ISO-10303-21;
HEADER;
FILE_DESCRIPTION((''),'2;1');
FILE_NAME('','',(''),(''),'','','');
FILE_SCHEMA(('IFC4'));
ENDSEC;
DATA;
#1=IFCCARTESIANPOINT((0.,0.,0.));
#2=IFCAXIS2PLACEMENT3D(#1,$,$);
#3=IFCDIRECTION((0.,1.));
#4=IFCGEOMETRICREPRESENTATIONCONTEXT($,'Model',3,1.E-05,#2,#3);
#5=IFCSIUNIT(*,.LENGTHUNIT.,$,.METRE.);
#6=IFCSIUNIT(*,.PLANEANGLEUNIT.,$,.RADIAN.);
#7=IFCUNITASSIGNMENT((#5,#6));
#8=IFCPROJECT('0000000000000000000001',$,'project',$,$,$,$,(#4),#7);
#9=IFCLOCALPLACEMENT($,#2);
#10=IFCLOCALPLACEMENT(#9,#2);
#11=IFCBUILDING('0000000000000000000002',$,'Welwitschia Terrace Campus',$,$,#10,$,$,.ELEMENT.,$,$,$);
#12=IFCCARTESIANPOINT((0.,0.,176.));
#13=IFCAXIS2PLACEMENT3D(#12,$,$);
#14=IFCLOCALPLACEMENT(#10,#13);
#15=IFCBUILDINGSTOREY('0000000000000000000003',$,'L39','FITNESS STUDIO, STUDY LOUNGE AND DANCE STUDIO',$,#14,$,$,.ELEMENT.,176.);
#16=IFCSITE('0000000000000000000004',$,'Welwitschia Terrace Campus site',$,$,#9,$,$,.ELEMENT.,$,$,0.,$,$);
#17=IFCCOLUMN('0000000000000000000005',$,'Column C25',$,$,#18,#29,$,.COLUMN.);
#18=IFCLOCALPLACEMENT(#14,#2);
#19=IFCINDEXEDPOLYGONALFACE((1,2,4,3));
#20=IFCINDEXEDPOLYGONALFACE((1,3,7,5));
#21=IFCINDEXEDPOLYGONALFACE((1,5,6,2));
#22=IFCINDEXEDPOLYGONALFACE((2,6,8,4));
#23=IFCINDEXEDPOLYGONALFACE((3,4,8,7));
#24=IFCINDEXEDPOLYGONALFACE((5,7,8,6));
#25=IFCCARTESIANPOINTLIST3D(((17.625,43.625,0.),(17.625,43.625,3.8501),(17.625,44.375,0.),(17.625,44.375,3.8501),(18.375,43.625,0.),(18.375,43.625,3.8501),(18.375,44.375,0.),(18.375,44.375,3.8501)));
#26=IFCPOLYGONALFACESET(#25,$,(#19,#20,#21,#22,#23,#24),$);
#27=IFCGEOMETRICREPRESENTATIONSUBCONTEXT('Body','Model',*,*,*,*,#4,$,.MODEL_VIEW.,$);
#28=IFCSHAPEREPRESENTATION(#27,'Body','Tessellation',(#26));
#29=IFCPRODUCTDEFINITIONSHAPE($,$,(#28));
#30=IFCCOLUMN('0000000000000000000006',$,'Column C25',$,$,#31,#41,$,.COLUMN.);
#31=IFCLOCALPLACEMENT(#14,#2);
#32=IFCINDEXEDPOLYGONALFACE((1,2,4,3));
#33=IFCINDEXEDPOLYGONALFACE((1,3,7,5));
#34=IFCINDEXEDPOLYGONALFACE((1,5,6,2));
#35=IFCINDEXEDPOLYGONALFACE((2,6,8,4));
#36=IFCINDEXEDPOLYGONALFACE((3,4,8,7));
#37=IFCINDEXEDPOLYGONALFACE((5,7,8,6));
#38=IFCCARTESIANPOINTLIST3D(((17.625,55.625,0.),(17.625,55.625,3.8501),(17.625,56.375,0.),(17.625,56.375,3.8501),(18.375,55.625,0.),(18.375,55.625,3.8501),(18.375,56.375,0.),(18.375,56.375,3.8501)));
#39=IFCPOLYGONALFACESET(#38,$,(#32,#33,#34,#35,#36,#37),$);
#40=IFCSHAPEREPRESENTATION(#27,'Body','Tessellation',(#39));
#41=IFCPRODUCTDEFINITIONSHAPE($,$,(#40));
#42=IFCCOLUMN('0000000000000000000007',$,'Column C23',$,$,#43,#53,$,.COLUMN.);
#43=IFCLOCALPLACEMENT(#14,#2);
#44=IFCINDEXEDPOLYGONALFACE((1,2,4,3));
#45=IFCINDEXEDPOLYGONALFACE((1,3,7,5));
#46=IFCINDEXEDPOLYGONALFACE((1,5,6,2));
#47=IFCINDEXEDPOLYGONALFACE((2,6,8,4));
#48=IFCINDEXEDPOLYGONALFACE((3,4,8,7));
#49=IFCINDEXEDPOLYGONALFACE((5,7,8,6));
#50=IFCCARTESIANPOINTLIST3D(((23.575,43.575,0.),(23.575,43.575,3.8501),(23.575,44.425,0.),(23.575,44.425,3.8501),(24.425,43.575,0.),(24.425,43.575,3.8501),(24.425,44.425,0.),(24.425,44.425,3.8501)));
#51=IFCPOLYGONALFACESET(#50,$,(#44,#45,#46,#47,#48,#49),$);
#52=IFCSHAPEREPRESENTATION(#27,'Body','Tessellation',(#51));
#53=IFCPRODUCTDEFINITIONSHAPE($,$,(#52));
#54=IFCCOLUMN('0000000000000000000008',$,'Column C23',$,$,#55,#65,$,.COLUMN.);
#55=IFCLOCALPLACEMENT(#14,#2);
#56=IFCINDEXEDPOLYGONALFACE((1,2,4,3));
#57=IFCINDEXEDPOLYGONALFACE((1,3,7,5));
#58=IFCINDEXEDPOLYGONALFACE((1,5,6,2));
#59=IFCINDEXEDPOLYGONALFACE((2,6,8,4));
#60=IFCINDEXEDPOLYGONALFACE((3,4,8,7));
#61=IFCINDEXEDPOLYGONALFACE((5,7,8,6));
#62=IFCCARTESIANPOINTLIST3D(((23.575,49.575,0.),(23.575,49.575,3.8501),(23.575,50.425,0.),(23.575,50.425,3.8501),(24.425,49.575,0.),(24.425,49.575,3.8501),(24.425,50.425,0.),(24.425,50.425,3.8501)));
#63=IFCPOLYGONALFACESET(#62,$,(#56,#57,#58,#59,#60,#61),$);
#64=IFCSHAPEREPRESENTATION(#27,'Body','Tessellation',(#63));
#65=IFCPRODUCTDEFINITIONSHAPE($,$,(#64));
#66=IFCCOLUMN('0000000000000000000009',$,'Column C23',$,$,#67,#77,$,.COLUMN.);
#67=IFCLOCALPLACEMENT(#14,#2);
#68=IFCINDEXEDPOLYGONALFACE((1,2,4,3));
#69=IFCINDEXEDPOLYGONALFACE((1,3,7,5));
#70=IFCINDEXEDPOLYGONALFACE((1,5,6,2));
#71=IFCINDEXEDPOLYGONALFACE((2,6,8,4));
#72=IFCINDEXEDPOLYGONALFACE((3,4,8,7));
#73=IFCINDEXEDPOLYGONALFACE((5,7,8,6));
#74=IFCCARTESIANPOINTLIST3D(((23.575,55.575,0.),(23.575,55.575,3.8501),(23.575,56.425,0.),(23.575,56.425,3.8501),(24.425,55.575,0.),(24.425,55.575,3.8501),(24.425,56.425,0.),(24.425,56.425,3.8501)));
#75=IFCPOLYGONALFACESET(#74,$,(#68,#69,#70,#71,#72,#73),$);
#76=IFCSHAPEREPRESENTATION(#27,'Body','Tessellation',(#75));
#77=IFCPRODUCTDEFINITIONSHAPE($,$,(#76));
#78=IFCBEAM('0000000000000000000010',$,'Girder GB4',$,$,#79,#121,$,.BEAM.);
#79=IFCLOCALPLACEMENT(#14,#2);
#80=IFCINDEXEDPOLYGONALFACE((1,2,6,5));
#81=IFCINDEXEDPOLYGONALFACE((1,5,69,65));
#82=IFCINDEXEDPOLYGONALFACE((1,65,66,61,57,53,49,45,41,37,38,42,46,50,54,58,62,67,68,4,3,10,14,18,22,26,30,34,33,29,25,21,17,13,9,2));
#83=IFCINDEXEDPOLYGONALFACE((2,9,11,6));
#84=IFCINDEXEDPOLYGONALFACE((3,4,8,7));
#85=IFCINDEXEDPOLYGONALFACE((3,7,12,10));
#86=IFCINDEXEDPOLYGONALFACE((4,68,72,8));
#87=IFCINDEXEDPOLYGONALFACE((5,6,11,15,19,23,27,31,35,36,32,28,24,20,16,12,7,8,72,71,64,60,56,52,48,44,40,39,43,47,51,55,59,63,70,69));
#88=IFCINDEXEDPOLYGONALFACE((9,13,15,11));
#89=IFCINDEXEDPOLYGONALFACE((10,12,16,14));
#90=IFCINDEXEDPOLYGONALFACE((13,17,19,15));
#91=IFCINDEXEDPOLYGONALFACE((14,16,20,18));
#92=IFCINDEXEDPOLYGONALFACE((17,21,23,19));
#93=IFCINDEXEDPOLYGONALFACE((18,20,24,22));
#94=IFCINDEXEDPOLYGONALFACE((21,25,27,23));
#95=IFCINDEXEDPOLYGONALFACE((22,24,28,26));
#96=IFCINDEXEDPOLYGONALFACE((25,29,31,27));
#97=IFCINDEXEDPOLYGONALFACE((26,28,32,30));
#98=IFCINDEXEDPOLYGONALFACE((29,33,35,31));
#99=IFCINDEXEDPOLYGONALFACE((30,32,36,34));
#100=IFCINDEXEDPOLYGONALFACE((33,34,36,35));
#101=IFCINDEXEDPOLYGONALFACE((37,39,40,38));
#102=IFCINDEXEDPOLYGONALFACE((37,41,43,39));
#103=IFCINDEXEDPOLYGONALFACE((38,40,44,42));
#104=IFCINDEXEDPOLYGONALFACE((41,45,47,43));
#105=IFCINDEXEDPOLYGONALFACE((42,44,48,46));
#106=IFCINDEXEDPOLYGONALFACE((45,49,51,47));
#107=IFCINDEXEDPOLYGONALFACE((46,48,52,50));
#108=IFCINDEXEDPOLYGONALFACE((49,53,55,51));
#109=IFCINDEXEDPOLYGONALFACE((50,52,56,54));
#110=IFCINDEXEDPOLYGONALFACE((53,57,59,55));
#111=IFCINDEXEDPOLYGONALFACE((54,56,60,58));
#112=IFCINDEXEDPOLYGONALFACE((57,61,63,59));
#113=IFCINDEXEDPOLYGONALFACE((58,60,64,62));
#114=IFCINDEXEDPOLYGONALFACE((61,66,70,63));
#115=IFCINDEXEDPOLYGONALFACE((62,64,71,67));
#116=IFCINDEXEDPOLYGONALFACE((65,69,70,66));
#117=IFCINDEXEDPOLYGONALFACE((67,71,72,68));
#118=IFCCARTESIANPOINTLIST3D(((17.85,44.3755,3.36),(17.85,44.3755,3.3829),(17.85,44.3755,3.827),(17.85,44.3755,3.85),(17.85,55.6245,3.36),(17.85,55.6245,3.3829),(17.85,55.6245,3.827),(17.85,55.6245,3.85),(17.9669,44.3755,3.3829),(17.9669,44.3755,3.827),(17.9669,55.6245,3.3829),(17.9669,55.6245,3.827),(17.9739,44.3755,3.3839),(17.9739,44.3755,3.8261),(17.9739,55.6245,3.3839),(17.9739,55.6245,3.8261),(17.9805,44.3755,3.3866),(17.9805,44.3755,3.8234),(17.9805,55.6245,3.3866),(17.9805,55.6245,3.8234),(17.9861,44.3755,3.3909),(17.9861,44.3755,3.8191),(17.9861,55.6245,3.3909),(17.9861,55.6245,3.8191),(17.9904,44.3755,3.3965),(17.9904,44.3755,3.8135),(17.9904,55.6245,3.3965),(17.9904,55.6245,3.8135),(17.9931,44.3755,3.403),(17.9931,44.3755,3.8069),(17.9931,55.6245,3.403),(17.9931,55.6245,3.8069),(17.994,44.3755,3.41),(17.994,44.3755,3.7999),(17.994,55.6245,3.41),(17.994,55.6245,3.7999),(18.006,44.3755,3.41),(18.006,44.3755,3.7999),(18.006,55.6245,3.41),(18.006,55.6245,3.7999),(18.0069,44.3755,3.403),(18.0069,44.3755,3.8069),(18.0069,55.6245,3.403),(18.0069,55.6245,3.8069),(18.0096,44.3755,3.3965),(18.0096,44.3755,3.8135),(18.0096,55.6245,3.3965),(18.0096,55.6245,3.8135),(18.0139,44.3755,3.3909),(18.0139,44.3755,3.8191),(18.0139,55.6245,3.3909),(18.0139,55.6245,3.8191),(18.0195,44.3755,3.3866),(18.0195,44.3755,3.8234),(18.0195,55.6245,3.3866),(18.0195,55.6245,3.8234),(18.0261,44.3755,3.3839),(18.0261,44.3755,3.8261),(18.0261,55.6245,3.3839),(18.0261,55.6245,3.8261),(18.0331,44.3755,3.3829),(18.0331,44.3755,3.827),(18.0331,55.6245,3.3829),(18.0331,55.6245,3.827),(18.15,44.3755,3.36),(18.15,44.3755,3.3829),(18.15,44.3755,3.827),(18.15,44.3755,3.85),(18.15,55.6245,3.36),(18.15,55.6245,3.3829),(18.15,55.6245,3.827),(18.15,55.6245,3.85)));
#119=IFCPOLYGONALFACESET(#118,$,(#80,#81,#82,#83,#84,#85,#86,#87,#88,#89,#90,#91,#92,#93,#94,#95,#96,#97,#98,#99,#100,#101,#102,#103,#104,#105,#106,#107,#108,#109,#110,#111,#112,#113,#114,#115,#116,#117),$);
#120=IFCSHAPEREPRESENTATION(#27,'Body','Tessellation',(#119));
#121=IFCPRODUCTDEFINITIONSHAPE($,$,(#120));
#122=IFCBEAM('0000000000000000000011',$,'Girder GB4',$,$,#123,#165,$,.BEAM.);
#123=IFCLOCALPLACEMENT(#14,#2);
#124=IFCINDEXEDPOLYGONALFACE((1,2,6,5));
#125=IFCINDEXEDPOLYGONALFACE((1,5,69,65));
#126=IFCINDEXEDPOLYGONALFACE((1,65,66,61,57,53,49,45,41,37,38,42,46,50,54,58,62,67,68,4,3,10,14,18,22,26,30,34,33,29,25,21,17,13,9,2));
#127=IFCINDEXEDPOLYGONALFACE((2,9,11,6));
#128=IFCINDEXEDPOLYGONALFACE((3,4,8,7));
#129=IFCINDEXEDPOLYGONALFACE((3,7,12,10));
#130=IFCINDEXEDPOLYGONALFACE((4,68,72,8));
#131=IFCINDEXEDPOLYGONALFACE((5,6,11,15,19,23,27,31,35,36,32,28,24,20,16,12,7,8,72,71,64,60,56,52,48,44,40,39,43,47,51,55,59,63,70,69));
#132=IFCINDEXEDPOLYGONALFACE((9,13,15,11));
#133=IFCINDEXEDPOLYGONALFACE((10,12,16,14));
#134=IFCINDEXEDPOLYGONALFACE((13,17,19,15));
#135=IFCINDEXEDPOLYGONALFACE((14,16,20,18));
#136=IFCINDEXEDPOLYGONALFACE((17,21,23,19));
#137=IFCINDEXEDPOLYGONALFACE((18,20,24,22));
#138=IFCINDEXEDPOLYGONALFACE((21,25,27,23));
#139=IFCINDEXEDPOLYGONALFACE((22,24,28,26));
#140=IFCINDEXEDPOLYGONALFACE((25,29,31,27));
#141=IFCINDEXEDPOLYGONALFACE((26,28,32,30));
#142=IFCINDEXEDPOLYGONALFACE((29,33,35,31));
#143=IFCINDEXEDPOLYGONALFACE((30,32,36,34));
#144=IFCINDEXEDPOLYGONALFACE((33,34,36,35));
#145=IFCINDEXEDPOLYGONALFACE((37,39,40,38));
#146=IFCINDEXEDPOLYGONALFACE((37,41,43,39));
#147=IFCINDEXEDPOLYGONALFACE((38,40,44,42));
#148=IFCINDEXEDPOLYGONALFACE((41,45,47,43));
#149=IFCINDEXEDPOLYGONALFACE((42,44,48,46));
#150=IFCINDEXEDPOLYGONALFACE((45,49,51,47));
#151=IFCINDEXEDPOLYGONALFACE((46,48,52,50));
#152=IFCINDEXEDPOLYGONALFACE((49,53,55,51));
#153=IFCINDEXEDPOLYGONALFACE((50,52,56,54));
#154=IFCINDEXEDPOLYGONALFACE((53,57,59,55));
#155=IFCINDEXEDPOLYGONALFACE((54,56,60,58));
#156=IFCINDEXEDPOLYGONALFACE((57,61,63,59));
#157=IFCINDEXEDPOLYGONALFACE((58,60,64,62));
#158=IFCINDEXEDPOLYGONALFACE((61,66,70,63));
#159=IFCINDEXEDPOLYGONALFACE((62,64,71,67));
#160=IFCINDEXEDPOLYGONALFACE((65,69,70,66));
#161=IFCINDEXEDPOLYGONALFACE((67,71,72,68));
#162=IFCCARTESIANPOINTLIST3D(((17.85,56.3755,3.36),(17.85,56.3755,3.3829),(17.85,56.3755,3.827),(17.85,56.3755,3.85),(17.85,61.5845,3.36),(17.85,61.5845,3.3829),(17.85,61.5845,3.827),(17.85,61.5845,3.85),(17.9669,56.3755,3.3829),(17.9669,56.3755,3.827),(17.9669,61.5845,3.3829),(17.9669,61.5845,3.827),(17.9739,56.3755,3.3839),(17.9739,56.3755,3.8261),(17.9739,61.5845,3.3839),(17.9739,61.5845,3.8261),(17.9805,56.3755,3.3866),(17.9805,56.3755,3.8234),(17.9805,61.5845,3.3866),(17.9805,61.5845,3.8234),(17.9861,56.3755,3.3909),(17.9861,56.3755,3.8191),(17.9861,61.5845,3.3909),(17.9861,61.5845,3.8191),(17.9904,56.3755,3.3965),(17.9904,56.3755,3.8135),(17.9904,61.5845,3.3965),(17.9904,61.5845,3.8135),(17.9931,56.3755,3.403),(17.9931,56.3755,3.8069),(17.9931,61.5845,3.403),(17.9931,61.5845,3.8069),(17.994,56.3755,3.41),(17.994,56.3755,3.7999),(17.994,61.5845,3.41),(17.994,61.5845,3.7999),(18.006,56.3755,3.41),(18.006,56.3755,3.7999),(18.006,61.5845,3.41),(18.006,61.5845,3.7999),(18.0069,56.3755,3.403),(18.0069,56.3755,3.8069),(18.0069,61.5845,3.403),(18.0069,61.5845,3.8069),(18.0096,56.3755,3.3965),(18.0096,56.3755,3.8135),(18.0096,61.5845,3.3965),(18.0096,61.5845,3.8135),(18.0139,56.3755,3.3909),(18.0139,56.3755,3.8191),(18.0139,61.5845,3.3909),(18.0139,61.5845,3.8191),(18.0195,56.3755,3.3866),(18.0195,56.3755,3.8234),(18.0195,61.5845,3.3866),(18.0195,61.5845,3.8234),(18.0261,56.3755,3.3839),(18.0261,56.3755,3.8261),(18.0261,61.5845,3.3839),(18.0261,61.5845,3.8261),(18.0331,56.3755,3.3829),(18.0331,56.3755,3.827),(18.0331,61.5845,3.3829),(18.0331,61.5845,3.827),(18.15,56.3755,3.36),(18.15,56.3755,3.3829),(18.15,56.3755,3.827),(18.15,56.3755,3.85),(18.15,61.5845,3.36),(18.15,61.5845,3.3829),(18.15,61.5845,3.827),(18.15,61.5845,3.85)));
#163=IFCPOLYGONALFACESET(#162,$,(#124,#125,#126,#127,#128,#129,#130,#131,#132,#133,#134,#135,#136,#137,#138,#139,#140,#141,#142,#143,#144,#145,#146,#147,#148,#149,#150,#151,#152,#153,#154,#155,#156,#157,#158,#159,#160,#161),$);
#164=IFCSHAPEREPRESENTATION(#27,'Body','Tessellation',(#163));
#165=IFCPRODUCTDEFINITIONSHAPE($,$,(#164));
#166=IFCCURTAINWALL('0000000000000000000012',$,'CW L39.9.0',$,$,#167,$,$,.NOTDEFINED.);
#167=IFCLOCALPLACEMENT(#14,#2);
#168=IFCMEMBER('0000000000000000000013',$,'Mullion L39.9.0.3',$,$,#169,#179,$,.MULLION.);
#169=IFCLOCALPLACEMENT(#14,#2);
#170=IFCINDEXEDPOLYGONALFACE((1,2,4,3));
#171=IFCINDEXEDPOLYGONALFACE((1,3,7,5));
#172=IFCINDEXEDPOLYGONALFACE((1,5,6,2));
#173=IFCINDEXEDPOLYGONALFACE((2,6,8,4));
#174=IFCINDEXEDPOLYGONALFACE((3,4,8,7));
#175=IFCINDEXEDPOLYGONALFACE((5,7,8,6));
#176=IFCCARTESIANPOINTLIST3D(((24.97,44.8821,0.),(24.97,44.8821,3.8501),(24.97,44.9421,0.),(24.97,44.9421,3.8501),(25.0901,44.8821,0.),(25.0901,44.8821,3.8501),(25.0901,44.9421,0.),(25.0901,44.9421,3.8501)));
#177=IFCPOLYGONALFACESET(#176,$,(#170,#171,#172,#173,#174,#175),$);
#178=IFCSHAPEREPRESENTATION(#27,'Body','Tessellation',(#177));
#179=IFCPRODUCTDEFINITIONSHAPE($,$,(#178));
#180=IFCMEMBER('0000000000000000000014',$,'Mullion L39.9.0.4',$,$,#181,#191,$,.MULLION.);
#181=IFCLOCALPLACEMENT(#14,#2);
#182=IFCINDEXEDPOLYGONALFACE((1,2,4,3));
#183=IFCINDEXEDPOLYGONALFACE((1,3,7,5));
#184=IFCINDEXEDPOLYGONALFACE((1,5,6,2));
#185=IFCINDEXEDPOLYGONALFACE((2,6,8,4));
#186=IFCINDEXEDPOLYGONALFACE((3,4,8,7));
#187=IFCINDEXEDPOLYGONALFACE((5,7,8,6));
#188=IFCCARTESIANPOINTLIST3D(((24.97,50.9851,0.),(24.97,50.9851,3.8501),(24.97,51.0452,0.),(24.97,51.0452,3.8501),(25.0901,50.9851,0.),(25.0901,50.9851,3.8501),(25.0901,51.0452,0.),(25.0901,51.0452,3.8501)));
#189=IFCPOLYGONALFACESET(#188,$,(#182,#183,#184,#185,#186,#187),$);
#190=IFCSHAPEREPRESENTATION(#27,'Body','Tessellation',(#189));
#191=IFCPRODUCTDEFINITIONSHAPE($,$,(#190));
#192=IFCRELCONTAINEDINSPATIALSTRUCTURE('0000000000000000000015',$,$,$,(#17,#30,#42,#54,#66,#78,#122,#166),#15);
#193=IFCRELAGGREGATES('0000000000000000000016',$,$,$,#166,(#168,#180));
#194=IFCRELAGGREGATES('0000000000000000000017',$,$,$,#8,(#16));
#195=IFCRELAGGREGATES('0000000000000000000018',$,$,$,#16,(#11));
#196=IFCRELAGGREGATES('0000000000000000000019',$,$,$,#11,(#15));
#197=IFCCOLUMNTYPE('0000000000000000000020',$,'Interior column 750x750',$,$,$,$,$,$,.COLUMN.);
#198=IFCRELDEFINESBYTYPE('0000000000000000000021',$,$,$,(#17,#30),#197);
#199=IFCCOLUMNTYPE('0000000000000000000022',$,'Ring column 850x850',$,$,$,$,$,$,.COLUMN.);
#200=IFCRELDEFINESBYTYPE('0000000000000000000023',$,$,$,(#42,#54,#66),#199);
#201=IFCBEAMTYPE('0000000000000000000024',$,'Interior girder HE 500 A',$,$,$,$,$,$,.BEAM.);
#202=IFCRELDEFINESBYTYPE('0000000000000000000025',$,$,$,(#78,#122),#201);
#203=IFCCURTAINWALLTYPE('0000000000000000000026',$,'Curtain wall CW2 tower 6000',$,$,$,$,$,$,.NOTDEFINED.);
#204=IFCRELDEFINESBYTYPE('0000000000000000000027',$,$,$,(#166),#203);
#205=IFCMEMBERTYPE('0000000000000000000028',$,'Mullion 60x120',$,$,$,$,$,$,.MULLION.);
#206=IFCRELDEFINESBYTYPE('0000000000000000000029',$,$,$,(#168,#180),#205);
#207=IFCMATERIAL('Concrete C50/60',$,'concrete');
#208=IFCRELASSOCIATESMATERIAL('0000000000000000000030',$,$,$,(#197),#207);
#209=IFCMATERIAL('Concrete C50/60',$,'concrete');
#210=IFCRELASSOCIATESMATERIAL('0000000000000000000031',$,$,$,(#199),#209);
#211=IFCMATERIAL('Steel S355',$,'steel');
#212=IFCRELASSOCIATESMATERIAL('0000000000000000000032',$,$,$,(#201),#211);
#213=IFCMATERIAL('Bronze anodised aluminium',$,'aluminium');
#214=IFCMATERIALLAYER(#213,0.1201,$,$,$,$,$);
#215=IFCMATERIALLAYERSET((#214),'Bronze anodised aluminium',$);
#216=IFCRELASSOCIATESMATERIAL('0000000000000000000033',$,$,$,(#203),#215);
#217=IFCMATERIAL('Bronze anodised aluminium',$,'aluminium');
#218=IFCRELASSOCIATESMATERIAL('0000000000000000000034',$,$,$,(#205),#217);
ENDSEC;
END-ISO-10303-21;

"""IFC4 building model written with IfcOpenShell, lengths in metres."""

from ifc_helpers import new_model, si_unit, direction, frame, origin, origin_2d, place, context, subcontext, project, spatial, rectangle, i_section, extrude, material, layer, layer_set, material_profile, profile_set, type_object, element, aggregate, save


model = new_model("IFC4")

# Units and contexts
model_context = context("Model", 3, precision=1e-05, world=origin(), true_north=direction((0.0, 1.0)))
body_context = subcontext(model_context, "Body", "Model", "MODEL_VIEW")
ifc_project = project(units=[si_unit("LENGTHUNIT", "METRE"), si_unit("PLANEANGLEUNIT", "RADIAN")], contexts=[model_context])

# Site, building, storey
site_placement = place(None, origin())
site = spatial("IfcSite", under=ifc_project, at=site_placement, Name="Welwitschia Terrace Campus site", CompositionType="ELEMENT", RefElevation=0.0)
building_placement = place(site_placement, origin())
building = spatial("IfcBuilding", under=site, at=building_placement, Name="Welwitschia Terrace Campus", CompositionType="ELEMENT")
storey_placement = place(building_placement, frame((0.0, 0.0, 176.0)))
storey = spatial("IfcBuildingStorey", under=building, at=storey_placement, Name="L39", Description="FITNESS STUDIO, STUDY LOUNGE AND DANCE STUDIO", CompositionType="ELEMENT", Elevation=176.0)

# Columns
ifc_material_1 = material(Name="Concrete C50/60", Category="concrete")
ifc_material_profile_1 = material_profile(ifc_material_1, rectangle(XDim=0.75, YDim=0.75, at=origin_2d()))
ifc_profile_set_1 = profile_set([ifc_material_profile_1], Name="Concrete C50/60")
column_type_1 = type_object("IfcColumnType", Name="Interior column 750x750", PredefinedType="COLUMN", material=ifc_profile_set_1)
for number, where, z_axis, x_axis, name in (
    (1, (18.0, 44.0, 0.0), (0.0, 0.0, 1.0), (1.0, 0.0, 0.0), "Column C25"),
    (2, (18.0, 56.0, 0.0), (0.0, 0.0, 1.0), (1.0, 0.0, 0.0), "Column C25"),
):
    element("IfcColumn", number, at=place(storey_placement, frame(where, z_axis=z_axis, x_axis=x_axis)), inside=storey, type_object=column_type_1, Name=name, PredefinedType="COLUMN", context=body_context, shape_type="SweptSolid", body=[
        extrude(rectangle(XDim=0.75, YDim=0.75, at=origin_2d()), origin(), (0.0, 0.0, 1.0), 3.8501),
    ])
ifc_material_2 = material(Name="Concrete C50/60", Category="concrete")
ifc_material_profile_2 = material_profile(ifc_material_2, rectangle(XDim=0.8501, YDim=0.8501, at=origin_2d()))
ifc_profile_set_2 = profile_set([ifc_material_profile_2], Name="Concrete C50/60")
column_type_2 = type_object("IfcColumnType", Name="Ring column 850x850", PredefinedType="COLUMN", material=ifc_profile_set_2)
for number, where, z_axis, x_axis, name in (
    (3, (24.0, 44.0, 0.0), (0.0, 0.0, 1.0), (1.0, 0.0, 0.0), "Column C23"),
    (4, (24.0, 50.0, 0.0), (0.0, 0.0, 1.0), (1.0, 0.0, 0.0), "Column C23"),
    (5, (24.0, 56.0, 0.0), (0.0, 0.0, 1.0), (1.0, 0.0, 0.0), "Column C23"),
):
    element("IfcColumn", number, at=place(storey_placement, frame(where, z_axis=z_axis, x_axis=x_axis)), inside=storey, type_object=column_type_2, Name=name, PredefinedType="COLUMN", context=body_context, shape_type="SweptSolid", body=[
        extrude(rectangle(XDim=0.8501, YDim=0.8501, at=origin_2d()), origin(), (0.0, 0.0, 1.0), 3.8501),
    ])

# Beams
ifc_material_3 = material(Name="Steel S355", Category="steel")
ifc_material_profile_3 = material_profile(ifc_material_3, i_section(OverallWidth=0.3, OverallDepth=0.49, WebThickness=0.012, FlangeThickness=0.0229, FilletRadius=0.0271, at=origin_2d()))
ifc_profile_set_3 = profile_set([ifc_material_profile_3], Name="Steel S355")
beam_type_1 = type_object("IfcBeamType", Name="Interior girder HE 500 A", PredefinedType="BEAM", material=ifc_profile_set_3)
beam_1_placement = place(storey_placement, frame((18.0, 44.3755, 3.605), z_axis=(0.0, 1.0, 0.0), x_axis=(-1.0, 0.0, 0.0)))
element("IfcBeam", 6, at=beam_1_placement, inside=storey, type_object=beam_type_1, Name="Girder GB4", PredefinedType="BEAM", context=body_context, shape_type="SweptSolid", body=[
    extrude(i_section(OverallWidth=0.3, OverallDepth=0.49, WebThickness=0.012, FlangeThickness=0.0229, FilletRadius=0.0271, at=origin_2d()), origin(), (0.0, 0.0, 1.0), 11.249),
])
beam_2_placement = place(storey_placement, frame((18.0, 56.3755, 3.605), z_axis=(0.0, 1.0, 0.0), x_axis=(-1.0, 0.0, 0.0)))
element("IfcBeam", 7, at=beam_2_placement, inside=storey, type_object=beam_type_1, Name="Girder GB4", PredefinedType="BEAM", context=body_context, shape_type="SweptSolid", body=[
    extrude(i_section(OverallWidth=0.3, OverallDepth=0.49, WebThickness=0.012, FlangeThickness=0.0229, FilletRadius=0.0271, at=origin_2d()), origin(), (0.0, 0.0, 1.0), 5.209),
])

# Curtain wall, members
ifc_material_4 = material(Name="Bronze anodised aluminium", Category="aluminium")
ifc_layer_1 = layer(ifc_material_4, 0.1201)
ifc_layer_set_1 = layer_set([ifc_layer_1], Name="Bronze anodised aluminium")
curtain_wall_type = type_object("IfcCurtainWallType", Name="Curtain wall CW2 tower 6000", PredefinedType="NOTDEFINED", material=ifc_layer_set_1)
curtain_wall_placement = place(storey_placement, origin())
curtain_wall = element("IfcCurtainWall", 8, at=curtain_wall_placement, inside=storey, type_object=curtain_wall_type, Name="CW L39.9.0", PredefinedType="NOTDEFINED")
ifc_material_5 = material(Name="Bronze anodised aluminium", Category="aluminium")
ifc_material_profile_4 = material_profile(ifc_material_5, rectangle(XDim=0.1201, YDim=0.0601, at=origin_2d()))
ifc_profile_set_4 = profile_set([ifc_material_profile_4], Name="Bronze anodised aluminium")
member_type = type_object("IfcMemberType", Name="Mullion 60x120", PredefinedType="MULLION", material=ifc_profile_set_4)
member_1_placement = place(storey_placement, frame((25.03, 44.9121, 0.0), z_axis=(0.0, 0.0, 1.0), x_axis=(-1.0, 0.0, 0.0)))
member_1 = element("IfcMember", 9, at=member_1_placement, type_object=member_type, Name="Mullion L39.9.0.3", PredefinedType="MULLION", context=body_context, shape_type="SweptSolid", body=[
    extrude(rectangle(XDim=0.1201, YDim=0.0601, at=origin_2d()), origin(), (0.0, 0.0, 1.0), 3.8501),
])
member_2_placement = place(storey_placement, frame((25.03, 51.0151, 0.0), z_axis=(0.0, 0.0, 1.0), x_axis=(-1.0, 0.0, 0.0)))
member_2 = element("IfcMember", 10, at=member_2_placement, type_object=member_type, Name="Mullion L39.9.0.4", PredefinedType="MULLION", context=body_context, shape_type="SweptSolid", body=[
    extrude(rectangle(XDim=0.1201, YDim=0.0601, at=origin_2d()), origin(), (0.0, 0.0, 1.0), 3.8501),
])

aggregate(curtain_wall, [member_1, member_2])

save(model, "model.ifc")
